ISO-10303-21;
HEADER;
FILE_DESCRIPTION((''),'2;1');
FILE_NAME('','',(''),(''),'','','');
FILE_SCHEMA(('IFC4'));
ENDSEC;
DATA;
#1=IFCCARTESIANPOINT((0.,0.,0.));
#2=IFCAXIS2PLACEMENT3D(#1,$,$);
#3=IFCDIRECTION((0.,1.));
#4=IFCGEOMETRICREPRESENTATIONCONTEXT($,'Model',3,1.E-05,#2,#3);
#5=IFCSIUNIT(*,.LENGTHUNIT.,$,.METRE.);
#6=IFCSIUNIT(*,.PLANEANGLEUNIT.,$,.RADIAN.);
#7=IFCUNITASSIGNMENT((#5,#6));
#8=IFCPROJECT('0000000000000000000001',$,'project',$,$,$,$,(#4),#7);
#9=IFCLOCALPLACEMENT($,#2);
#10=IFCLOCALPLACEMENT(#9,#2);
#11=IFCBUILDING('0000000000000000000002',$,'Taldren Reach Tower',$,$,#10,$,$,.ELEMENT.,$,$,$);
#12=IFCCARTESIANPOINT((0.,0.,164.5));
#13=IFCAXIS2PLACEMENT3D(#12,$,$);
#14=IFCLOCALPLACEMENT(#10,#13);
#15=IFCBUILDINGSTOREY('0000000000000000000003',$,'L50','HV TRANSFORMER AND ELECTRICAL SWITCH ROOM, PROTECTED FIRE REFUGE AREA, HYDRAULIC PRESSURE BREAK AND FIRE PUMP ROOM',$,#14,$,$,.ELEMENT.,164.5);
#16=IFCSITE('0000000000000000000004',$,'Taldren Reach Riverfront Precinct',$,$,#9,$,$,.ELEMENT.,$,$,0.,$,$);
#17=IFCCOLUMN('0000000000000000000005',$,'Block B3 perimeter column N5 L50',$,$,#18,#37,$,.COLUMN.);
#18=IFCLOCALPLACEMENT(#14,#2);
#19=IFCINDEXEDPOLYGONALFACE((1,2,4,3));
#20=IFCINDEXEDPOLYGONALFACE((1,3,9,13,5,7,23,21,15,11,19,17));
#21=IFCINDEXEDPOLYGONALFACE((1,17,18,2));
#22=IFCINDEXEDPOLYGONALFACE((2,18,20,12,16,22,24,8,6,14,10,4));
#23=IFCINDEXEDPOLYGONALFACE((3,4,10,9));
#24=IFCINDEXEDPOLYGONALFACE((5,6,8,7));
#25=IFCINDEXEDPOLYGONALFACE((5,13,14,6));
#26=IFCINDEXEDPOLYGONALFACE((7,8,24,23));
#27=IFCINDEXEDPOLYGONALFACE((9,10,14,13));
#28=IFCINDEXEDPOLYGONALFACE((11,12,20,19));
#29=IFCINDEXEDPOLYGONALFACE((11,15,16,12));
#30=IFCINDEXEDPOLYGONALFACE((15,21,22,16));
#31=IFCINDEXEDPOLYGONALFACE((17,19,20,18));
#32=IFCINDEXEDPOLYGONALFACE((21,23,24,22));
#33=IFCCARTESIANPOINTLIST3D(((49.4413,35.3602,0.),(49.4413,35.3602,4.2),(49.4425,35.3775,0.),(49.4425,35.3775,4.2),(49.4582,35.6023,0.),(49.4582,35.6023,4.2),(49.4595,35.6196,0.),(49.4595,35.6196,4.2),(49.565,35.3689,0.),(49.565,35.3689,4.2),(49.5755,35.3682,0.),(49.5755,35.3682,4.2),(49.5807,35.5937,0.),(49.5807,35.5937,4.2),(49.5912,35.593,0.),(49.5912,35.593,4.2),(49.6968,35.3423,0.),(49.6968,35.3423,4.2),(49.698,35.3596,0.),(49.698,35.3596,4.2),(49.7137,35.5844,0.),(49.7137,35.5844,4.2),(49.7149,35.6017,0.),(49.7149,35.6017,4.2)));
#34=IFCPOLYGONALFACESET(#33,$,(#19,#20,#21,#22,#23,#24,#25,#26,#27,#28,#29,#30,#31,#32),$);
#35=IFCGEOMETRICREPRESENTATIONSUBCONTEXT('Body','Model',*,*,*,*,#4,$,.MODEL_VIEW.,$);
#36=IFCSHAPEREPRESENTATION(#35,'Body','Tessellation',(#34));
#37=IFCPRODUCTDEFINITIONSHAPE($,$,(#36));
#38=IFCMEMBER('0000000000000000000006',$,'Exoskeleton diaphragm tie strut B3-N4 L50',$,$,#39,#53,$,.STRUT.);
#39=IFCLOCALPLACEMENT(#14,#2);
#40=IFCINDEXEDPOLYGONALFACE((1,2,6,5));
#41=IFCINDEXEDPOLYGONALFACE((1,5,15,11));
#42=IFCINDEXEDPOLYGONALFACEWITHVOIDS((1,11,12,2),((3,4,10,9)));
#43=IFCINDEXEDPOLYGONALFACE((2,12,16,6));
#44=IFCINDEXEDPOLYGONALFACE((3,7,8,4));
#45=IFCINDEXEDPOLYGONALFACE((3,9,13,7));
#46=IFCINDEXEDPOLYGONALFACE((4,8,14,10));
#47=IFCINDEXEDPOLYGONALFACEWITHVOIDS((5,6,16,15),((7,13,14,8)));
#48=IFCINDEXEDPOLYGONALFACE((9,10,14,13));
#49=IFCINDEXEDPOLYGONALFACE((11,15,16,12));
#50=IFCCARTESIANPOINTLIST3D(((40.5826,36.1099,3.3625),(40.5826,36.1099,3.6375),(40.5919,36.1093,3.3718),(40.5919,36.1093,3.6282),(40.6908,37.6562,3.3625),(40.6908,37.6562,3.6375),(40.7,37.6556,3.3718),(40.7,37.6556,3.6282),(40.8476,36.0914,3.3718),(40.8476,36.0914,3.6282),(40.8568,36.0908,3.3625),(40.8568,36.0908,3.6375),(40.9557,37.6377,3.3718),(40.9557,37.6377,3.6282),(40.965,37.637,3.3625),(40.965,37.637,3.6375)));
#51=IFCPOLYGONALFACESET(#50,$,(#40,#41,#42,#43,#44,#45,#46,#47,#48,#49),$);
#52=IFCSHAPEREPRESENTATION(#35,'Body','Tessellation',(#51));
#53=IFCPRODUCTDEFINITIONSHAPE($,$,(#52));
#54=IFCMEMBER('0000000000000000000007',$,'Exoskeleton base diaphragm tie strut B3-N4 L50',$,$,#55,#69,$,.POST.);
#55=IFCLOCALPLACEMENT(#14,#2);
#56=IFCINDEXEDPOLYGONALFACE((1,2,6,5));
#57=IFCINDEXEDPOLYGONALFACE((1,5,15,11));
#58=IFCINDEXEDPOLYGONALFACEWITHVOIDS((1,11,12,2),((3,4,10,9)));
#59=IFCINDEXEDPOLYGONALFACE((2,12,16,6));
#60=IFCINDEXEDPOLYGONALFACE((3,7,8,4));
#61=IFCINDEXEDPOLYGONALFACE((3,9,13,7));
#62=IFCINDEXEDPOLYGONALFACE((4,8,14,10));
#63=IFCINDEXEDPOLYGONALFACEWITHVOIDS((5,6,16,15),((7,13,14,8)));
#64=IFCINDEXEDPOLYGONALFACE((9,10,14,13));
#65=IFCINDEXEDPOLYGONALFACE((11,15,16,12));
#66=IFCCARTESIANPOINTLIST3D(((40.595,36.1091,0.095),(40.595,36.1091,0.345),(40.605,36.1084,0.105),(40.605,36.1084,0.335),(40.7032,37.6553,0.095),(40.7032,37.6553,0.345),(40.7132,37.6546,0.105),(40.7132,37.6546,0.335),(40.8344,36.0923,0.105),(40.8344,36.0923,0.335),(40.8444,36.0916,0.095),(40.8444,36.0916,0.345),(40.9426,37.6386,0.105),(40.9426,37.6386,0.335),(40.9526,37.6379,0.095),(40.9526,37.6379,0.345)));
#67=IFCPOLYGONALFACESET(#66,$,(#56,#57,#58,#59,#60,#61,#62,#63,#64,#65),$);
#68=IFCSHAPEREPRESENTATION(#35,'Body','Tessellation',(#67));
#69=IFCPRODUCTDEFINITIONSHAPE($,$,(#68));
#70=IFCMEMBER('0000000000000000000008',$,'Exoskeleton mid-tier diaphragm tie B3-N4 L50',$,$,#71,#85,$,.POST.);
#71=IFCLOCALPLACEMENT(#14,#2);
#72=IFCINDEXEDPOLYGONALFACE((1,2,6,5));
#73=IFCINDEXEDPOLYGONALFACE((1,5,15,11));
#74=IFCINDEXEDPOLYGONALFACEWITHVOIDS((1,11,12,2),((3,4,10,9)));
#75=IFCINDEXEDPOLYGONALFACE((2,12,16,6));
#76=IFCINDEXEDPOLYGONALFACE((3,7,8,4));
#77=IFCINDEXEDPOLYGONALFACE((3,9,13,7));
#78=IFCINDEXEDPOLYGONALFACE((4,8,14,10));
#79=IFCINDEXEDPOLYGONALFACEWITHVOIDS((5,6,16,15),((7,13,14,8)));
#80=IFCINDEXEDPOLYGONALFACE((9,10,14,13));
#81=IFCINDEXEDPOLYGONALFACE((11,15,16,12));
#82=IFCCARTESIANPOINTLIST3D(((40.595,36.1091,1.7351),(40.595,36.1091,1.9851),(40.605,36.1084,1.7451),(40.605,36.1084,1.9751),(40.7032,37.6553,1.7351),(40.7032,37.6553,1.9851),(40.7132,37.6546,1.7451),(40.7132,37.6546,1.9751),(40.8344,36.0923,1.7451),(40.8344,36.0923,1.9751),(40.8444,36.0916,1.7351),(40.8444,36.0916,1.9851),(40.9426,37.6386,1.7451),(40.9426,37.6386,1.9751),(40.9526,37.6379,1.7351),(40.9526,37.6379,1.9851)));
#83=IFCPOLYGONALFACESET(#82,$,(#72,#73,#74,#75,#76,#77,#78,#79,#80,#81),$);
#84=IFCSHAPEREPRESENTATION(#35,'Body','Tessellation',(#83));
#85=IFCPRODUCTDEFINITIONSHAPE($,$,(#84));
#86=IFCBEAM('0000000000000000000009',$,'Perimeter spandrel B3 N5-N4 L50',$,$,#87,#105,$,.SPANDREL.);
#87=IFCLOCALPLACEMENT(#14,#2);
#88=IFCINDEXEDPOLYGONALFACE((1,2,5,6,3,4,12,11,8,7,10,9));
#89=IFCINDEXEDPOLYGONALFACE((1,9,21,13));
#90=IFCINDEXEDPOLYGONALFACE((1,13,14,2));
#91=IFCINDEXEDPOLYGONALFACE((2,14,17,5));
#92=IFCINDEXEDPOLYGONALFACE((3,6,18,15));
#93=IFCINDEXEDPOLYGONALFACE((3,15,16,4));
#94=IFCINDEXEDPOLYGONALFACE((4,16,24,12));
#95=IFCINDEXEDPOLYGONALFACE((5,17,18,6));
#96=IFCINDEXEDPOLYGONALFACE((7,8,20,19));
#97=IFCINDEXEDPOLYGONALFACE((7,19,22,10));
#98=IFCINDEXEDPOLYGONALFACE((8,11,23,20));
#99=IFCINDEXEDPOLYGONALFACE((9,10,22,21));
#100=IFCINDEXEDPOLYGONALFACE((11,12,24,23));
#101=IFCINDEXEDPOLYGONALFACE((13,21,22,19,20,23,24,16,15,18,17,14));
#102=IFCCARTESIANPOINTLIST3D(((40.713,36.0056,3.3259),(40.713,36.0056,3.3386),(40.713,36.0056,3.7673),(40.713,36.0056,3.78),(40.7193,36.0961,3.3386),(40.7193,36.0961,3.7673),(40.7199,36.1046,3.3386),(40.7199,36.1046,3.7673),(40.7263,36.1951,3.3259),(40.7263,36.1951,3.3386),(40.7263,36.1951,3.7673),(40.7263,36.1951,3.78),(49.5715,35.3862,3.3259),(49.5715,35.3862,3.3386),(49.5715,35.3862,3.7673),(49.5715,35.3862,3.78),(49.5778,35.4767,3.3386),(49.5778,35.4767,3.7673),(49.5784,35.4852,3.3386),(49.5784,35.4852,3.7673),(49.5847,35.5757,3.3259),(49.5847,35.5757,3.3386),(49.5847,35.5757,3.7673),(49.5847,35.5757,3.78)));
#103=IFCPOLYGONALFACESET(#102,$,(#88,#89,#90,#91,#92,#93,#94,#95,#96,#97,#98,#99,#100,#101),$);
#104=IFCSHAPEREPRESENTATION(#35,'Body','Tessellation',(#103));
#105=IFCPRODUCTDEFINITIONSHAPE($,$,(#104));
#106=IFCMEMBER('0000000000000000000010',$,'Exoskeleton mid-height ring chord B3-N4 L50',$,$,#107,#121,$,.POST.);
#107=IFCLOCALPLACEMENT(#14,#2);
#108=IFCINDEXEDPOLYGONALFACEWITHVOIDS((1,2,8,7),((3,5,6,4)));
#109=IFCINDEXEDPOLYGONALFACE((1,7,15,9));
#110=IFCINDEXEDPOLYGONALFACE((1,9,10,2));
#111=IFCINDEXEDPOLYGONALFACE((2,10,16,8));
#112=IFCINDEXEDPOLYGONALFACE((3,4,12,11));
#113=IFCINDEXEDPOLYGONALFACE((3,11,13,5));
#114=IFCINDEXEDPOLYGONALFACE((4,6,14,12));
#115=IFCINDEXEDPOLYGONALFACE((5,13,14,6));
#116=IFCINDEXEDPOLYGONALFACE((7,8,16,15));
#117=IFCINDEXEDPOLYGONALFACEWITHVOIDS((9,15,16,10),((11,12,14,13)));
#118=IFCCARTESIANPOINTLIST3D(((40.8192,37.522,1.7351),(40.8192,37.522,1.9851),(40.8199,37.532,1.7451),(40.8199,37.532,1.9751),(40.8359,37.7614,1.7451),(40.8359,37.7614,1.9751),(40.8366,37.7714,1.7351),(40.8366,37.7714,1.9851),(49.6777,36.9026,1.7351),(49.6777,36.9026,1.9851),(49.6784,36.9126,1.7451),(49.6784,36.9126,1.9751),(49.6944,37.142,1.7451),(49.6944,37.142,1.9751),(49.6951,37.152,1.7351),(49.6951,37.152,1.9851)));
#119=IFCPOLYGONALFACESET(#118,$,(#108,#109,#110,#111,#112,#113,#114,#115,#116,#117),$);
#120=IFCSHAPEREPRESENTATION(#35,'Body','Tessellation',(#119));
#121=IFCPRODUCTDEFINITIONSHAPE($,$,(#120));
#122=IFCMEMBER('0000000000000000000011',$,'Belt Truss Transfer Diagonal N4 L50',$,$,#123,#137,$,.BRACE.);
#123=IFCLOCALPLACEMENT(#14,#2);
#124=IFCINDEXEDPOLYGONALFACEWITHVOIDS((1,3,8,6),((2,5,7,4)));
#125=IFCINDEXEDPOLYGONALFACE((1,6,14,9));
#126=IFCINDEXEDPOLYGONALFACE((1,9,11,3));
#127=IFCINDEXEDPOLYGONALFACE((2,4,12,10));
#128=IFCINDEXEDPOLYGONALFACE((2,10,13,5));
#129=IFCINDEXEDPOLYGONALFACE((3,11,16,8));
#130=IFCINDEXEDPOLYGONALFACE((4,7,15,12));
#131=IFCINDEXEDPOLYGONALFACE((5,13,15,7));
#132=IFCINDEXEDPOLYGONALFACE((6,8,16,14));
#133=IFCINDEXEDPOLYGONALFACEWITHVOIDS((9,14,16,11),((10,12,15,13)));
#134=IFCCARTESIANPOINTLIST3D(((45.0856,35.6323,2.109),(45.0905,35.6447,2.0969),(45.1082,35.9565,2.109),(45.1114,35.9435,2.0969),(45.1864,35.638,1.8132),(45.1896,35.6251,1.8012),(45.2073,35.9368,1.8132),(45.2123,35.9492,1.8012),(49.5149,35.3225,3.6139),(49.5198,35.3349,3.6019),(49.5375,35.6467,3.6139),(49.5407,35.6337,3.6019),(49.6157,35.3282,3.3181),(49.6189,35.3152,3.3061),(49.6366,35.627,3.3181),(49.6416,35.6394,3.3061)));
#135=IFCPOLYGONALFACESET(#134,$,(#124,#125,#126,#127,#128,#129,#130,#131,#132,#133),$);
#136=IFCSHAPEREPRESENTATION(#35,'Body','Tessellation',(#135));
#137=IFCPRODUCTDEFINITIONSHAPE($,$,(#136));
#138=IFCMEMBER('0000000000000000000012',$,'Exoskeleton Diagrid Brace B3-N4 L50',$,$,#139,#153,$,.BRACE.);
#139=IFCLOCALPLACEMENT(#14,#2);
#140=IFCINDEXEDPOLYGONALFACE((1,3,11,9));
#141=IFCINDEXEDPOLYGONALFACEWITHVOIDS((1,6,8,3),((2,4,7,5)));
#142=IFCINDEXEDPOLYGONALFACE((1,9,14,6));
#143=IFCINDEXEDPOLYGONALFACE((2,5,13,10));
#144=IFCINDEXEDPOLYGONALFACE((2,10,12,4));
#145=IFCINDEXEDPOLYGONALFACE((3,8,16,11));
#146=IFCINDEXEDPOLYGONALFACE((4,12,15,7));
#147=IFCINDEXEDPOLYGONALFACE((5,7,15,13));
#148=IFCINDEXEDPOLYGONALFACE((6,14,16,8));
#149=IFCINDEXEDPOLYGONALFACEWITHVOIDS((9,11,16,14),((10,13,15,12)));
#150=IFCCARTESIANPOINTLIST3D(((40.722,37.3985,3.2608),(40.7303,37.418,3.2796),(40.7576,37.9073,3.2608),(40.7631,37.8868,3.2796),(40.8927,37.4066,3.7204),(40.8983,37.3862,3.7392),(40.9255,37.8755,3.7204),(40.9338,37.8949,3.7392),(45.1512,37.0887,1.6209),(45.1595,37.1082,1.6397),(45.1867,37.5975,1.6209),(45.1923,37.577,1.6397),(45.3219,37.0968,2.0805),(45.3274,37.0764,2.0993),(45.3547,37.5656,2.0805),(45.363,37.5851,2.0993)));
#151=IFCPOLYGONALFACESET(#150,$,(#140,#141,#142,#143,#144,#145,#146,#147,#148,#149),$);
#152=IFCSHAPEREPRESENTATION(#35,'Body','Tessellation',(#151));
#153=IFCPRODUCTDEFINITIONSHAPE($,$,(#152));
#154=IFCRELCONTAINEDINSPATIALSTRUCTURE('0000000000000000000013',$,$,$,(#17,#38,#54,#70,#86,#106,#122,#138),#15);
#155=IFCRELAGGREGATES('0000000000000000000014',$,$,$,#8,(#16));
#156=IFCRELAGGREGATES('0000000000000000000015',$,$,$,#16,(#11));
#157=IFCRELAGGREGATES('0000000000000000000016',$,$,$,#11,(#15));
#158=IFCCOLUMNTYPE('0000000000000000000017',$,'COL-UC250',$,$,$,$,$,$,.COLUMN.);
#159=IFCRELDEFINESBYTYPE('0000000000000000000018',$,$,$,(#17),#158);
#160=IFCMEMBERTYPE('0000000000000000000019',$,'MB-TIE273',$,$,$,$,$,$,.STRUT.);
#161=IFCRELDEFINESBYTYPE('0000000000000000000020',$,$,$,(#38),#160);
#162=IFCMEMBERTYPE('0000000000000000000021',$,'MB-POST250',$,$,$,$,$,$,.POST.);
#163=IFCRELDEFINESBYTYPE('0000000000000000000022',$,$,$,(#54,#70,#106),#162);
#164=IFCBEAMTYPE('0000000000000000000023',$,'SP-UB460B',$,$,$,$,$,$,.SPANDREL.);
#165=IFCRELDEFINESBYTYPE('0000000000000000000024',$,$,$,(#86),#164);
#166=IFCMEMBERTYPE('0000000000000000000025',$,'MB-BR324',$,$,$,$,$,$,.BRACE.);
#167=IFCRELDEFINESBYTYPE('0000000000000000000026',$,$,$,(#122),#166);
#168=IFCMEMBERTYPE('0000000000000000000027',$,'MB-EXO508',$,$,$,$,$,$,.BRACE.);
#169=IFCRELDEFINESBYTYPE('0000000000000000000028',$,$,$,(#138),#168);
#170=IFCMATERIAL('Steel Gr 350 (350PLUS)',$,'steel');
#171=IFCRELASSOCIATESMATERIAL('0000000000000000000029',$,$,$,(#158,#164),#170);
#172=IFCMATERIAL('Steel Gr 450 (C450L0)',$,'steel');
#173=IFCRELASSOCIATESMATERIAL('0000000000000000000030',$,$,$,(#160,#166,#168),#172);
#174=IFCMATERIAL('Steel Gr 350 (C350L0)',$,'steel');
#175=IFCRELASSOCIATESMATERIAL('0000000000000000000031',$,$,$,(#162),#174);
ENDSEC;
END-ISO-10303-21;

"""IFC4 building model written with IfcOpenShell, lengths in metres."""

from ifc_helpers import new_model, si_unit, direction, frame, origin, origin_2d, place, context, subcontext, project, spatial, hollow_rectangle, i_section, extrude, source, transform, mapped, material, material_profile, profile_set, type_object, element, save


model = new_model("IFC4")

# Units and contexts
model_context = context("Model", 3, precision=1e-05, world=origin(), true_north=direction((0.0, 1.0)))
body_context = subcontext(model_context, "Body", "Model", "MODEL_VIEW")
ifc_project = project(units=[si_unit("LENGTHUNIT", "METRE"), si_unit("PLANEANGLEUNIT", "RADIAN")], contexts=[model_context])

# Site, building, storey
site_placement = place(None, origin())
site = spatial("IfcSite", under=ifc_project, at=site_placement, Name="Taldren Reach Riverfront Precinct", CompositionType="ELEMENT", RefElevation=0.0)
building_placement = place(site_placement, origin())
building = spatial("IfcBuilding", under=site, at=building_placement, Name="Taldren Reach Tower", CompositionType="ELEMENT")
storey_placement = place(building_placement, frame((0.0, 0.0, 164.5)))
storey = spatial("IfcBuildingStorey", under=building, at=storey_placement, Name="L50", Description="HV TRANSFORMER AND ELECTRICAL SWITCH ROOM, PROTECTED FIRE REFUGE AREA, HYDRAULIC PRESSURE BREAK AND FIRE PUMP ROOM", CompositionType="ELEMENT", Elevation=164.5)

# Column
ifc_material_1 = material(Name="Steel Gr 350 (350PLUS)", Category="steel")
ifc_material_profile_1 = material_profile(ifc_material_1, i_section(OverallWidth=0.2561, OverallDepth=0.26, WebThickness=0.0105, FlangeThickness=0.0173, at=origin_2d()), Name="250UC89.5")
ifc_profile_set_1 = profile_set([ifc_material_profile_1], Name="Steel Gr 350 (350PLUS)")
column_type = type_object("IfcColumnType", Name="COL-UC250", PredefinedType="COLUMN", material=ifc_profile_set_1)
shared_shape_1 = source(origin(), body_context, "Body", "SweptSolid", [
    extrude(i_section(OverallWidth=0.2561, OverallDepth=0.26, WebThickness=0.0105, FlangeThickness=0.0173, at=origin_2d()), origin(), (0.0, 0.0, 1.0), 4.2),
])
column_placement = place(storey_placement, frame((49.5781, 35.481, 0.0), z_axis=(0.0, 0.0, 1.0), x_axis=(0.997564, -0.069756, 0.0)))
element("IfcColumn", 1, at=column_placement, inside=storey, type_object=column_type, Name="Block B3 perimeter column N5 L50", PredefinedType="COLUMN", context=body_context, shape_type="MappedRepresentation", body=[
    mapped(shared_shape_1, transform((0.0, 0.0, 0.0), scale=1.0)),
])

# Members
ifc_material_2 = material(Name="Steel Gr 450 (C450L0)", Category="steel")
ifc_material_profile_2 = material_profile(ifc_material_2, hollow_rectangle(XDim=0.2749, YDim=0.2749, WallThickness=0.0093, at=origin_2d()), Name="275x275x9.3SHS")
ifc_profile_set_2 = profile_set([ifc_material_profile_2], Name="Steel Gr 450 (C450L0)")
member_type_1 = type_object("IfcMemberType", Name="MB-TIE273", PredefinedType="STRUT", material=ifc_profile_set_2)
shared_shape_2 = source(origin(), body_context, "Body", "SweptSolid", [
    extrude(hollow_rectangle(XDim=0.2749, YDim=0.2749, WallThickness=0.0093, at=origin_2d()), origin(), (0.0, 0.0, 1.0), 1.55),
])
member_1_placement = place(storey_placement, frame((40.7197, 36.1003, 3.5), z_axis=(0.06977, 0.997563, 0.0), x_axis=(-0.997563, 0.06977, 0.0)))
element("IfcMember", 2, at=member_1_placement, inside=storey, type_object=member_type_1, Name="Exoskeleton diaphragm tie strut B3-N4 L50", PredefinedType="STRUT", context=body_context, shape_type="MappedRepresentation", body=[
    mapped(shared_shape_2, transform((0.0, 0.0, 0.0), scale=1.0)),
])
ifc_material_3 = material(Name="Steel Gr 350 (C350L0)", Category="steel")
ifc_material_profile_3 = material_profile(ifc_material_3, hollow_rectangle(XDim=0.25, YDim=0.25, WallThickness=0.01, at=origin_2d()), Name="250x250x10.0SHS")
ifc_profile_set_3 = profile_set([ifc_material_profile_3], Name="Steel Gr 350 (C350L0)")
member_type_2 = type_object("IfcMemberType", Name="MB-POST250", PredefinedType="POST", material=ifc_profile_set_3)
shared_shape_3 = source(origin(), body_context, "Body", "SweptSolid", [
    extrude(hollow_rectangle(XDim=0.25, YDim=0.25, WallThickness=0.01, at=origin_2d()), origin(), (0.0, 0.0, 1.0), 1.55),
])
for number, where, z_axis, x_axis, name in (
    (3, (40.7197, 36.1003, 0.22), (0.06977, 0.997563, 0.0), (-0.997563, 0.06977, 0.0), "Exoskeleton base diaphragm tie strut B3-N4 L50"),
    (4, (40.7197, 36.1003, 1.8601), (0.06977, 0.997563, 0.0), (-0.997563, 0.06977, 0.0), "Exoskeleton mid-tier diaphragm tie B3-N4 L50"),
):
    element("IfcMember", number, at=place(storey_placement, frame(where, z_axis=z_axis, x_axis=x_axis)), inside=storey, type_object=member_type_2, Name=name, PredefinedType="POST", context=body_context, shape_type="MappedRepresentation", body=[
        mapped(shared_shape_3, transform((0.0, 0.0, 0.0), scale=1.0)),
    ])

# Beam
ifc_material_profile_4 = material_profile(ifc_material_1, i_section(OverallWidth=0.1899, OverallDepth=0.4541, WebThickness=0.0085, FlangeThickness=0.0127, at=origin_2d()), Name="460UB67.1")
ifc_profile_set_4 = profile_set([ifc_material_profile_4], Name="Steel Gr 350 (350PLUS)")
beam_type_1 = type_object("IfcBeamType", Name="SP-UB460B", PredefinedType="SPANDREL", material=ifc_profile_set_4)
shared_shape_4 = source(origin(), body_context, "Body", "SweptSolid", [
    extrude(i_section(OverallWidth=0.1899, OverallDepth=0.4541, WebThickness=0.0085, FlangeThickness=0.0127, at=origin_2d()), origin(), (0.0, 0.0, 1.0), 8.8801),
])
beam_placement = place(storey_placement, frame((49.5781, 35.481, 3.553), z_axis=(-0.997564, 0.06975, 0.0), x_axis=(-0.06975, -0.997564, 0.0)))
element("IfcBeam", 5, at=beam_placement, inside=storey, type_object=beam_type_1, Name="Perimeter spandrel B3 N5-N4 L50", PredefinedType="SPANDREL", context=body_context, shape_type="MappedRepresentation", body=[
    mapped(shared_shape_4, transform((0.0, 0.0, 0.0), scale=1.0)),
])

# Members
shared_shape_5 = source(origin(), body_context, "Body", "SweptSolid", [
    extrude(hollow_rectangle(XDim=0.25, YDim=0.25, WallThickness=0.01, at=origin_2d()), origin(), (0.0, 0.0, 1.0), 8.8801),
])
member_2_placement = place(storey_placement, frame((40.8279, 37.6467, 1.8601), z_axis=(0.997564, -0.06975, 0.0), x_axis=(0.06975, 0.997564, 0.0)))
element("IfcMember", 6, at=member_2_placement, inside=storey, type_object=member_type_2, Name="Exoskeleton mid-height ring chord B3-N4 L50", PredefinedType="POST", context=body_context, shape_type="MappedRepresentation", body=[
    mapped(shared_shape_5, transform((0.0, 0.0, 0.0), scale=1.0)),
])
ifc_material_profile_5 = material_profile(ifc_material_2, hollow_rectangle(XDim=0.325, YDim=0.325, WallThickness=0.0127, at=origin_2d()), Name="325x325x12.7SHS")
ifc_profile_set_5 = profile_set([ifc_material_profile_5], Name="Steel Gr 450 (C450L0)")
member_type_3 = type_object("IfcMemberType", Name="MB-BR324", PredefinedType="BRACE", material=ifc_profile_set_5)
shared_shape_6 = source(origin(), body_context, "Body", "SweptSolid", [
    extrude(hollow_rectangle(XDim=0.325, YDim=0.325, WallThickness=0.0127, at=origin_2d()), origin(), (0.0, 0.0, 1.0), 4.6882),
])
member_3_placement = place(storey_placement, frame((45.1489, 35.7908, 1.9551), z_axis=(0.944771, -0.066085, 0.320999), x_axis=(0.069778, 0.997563, 0.0)))
element("IfcMember", 7, at=member_3_placement, inside=storey, type_object=member_type_3, Name="Belt Truss Transfer Diagonal N4 L50", PredefinedType="BRACE", context=body_context, shape_type="MappedRepresentation", body=[
    mapped(shared_shape_6, transform((0.0, 0.0, 0.0), scale=1.0)),
])
ifc_material_profile_6 = material_profile(ifc_material_2, hollow_rectangle(XDim=0.51, YDim=0.51, WallThickness=0.02, at=origin_2d()), Name="510x510x20.0SHS")
ifc_profile_set_6 = profile_set([ifc_material_profile_6], Name="Steel Gr 450 (C450L0)")
member_type_4 = type_object("IfcMemberType", Name="MB-EXO508", PredefinedType="BRACE", material=ifc_profile_set_6)
shared_shape_7 = source(origin(), body_context, "Body", "SweptSolid", [
    extrude(hollow_rectangle(XDim=0.51, YDim=0.51, WallThickness=0.02, at=origin_2d()), origin(), (0.0, 0.0, 1.0), 4.7332),
])
member_4_placement = place(storey_placement, frame((45.2571, 37.3369, 1.8601), z_axis=(-0.935776, 0.065456, 0.346467), x_axis=(-0.069778, -0.997563, 0.0)))
element("IfcMember", 8, at=member_4_placement, inside=storey, type_object=member_type_4, Name="Exoskeleton Diagrid Brace B3-N4 L50", PredefinedType="BRACE", context=body_context, shape_type="MappedRepresentation", body=[
    mapped(shared_shape_7, transform((0.0, 0.0, 0.0), scale=1.0)),
])

save(model, "model.ifc")
